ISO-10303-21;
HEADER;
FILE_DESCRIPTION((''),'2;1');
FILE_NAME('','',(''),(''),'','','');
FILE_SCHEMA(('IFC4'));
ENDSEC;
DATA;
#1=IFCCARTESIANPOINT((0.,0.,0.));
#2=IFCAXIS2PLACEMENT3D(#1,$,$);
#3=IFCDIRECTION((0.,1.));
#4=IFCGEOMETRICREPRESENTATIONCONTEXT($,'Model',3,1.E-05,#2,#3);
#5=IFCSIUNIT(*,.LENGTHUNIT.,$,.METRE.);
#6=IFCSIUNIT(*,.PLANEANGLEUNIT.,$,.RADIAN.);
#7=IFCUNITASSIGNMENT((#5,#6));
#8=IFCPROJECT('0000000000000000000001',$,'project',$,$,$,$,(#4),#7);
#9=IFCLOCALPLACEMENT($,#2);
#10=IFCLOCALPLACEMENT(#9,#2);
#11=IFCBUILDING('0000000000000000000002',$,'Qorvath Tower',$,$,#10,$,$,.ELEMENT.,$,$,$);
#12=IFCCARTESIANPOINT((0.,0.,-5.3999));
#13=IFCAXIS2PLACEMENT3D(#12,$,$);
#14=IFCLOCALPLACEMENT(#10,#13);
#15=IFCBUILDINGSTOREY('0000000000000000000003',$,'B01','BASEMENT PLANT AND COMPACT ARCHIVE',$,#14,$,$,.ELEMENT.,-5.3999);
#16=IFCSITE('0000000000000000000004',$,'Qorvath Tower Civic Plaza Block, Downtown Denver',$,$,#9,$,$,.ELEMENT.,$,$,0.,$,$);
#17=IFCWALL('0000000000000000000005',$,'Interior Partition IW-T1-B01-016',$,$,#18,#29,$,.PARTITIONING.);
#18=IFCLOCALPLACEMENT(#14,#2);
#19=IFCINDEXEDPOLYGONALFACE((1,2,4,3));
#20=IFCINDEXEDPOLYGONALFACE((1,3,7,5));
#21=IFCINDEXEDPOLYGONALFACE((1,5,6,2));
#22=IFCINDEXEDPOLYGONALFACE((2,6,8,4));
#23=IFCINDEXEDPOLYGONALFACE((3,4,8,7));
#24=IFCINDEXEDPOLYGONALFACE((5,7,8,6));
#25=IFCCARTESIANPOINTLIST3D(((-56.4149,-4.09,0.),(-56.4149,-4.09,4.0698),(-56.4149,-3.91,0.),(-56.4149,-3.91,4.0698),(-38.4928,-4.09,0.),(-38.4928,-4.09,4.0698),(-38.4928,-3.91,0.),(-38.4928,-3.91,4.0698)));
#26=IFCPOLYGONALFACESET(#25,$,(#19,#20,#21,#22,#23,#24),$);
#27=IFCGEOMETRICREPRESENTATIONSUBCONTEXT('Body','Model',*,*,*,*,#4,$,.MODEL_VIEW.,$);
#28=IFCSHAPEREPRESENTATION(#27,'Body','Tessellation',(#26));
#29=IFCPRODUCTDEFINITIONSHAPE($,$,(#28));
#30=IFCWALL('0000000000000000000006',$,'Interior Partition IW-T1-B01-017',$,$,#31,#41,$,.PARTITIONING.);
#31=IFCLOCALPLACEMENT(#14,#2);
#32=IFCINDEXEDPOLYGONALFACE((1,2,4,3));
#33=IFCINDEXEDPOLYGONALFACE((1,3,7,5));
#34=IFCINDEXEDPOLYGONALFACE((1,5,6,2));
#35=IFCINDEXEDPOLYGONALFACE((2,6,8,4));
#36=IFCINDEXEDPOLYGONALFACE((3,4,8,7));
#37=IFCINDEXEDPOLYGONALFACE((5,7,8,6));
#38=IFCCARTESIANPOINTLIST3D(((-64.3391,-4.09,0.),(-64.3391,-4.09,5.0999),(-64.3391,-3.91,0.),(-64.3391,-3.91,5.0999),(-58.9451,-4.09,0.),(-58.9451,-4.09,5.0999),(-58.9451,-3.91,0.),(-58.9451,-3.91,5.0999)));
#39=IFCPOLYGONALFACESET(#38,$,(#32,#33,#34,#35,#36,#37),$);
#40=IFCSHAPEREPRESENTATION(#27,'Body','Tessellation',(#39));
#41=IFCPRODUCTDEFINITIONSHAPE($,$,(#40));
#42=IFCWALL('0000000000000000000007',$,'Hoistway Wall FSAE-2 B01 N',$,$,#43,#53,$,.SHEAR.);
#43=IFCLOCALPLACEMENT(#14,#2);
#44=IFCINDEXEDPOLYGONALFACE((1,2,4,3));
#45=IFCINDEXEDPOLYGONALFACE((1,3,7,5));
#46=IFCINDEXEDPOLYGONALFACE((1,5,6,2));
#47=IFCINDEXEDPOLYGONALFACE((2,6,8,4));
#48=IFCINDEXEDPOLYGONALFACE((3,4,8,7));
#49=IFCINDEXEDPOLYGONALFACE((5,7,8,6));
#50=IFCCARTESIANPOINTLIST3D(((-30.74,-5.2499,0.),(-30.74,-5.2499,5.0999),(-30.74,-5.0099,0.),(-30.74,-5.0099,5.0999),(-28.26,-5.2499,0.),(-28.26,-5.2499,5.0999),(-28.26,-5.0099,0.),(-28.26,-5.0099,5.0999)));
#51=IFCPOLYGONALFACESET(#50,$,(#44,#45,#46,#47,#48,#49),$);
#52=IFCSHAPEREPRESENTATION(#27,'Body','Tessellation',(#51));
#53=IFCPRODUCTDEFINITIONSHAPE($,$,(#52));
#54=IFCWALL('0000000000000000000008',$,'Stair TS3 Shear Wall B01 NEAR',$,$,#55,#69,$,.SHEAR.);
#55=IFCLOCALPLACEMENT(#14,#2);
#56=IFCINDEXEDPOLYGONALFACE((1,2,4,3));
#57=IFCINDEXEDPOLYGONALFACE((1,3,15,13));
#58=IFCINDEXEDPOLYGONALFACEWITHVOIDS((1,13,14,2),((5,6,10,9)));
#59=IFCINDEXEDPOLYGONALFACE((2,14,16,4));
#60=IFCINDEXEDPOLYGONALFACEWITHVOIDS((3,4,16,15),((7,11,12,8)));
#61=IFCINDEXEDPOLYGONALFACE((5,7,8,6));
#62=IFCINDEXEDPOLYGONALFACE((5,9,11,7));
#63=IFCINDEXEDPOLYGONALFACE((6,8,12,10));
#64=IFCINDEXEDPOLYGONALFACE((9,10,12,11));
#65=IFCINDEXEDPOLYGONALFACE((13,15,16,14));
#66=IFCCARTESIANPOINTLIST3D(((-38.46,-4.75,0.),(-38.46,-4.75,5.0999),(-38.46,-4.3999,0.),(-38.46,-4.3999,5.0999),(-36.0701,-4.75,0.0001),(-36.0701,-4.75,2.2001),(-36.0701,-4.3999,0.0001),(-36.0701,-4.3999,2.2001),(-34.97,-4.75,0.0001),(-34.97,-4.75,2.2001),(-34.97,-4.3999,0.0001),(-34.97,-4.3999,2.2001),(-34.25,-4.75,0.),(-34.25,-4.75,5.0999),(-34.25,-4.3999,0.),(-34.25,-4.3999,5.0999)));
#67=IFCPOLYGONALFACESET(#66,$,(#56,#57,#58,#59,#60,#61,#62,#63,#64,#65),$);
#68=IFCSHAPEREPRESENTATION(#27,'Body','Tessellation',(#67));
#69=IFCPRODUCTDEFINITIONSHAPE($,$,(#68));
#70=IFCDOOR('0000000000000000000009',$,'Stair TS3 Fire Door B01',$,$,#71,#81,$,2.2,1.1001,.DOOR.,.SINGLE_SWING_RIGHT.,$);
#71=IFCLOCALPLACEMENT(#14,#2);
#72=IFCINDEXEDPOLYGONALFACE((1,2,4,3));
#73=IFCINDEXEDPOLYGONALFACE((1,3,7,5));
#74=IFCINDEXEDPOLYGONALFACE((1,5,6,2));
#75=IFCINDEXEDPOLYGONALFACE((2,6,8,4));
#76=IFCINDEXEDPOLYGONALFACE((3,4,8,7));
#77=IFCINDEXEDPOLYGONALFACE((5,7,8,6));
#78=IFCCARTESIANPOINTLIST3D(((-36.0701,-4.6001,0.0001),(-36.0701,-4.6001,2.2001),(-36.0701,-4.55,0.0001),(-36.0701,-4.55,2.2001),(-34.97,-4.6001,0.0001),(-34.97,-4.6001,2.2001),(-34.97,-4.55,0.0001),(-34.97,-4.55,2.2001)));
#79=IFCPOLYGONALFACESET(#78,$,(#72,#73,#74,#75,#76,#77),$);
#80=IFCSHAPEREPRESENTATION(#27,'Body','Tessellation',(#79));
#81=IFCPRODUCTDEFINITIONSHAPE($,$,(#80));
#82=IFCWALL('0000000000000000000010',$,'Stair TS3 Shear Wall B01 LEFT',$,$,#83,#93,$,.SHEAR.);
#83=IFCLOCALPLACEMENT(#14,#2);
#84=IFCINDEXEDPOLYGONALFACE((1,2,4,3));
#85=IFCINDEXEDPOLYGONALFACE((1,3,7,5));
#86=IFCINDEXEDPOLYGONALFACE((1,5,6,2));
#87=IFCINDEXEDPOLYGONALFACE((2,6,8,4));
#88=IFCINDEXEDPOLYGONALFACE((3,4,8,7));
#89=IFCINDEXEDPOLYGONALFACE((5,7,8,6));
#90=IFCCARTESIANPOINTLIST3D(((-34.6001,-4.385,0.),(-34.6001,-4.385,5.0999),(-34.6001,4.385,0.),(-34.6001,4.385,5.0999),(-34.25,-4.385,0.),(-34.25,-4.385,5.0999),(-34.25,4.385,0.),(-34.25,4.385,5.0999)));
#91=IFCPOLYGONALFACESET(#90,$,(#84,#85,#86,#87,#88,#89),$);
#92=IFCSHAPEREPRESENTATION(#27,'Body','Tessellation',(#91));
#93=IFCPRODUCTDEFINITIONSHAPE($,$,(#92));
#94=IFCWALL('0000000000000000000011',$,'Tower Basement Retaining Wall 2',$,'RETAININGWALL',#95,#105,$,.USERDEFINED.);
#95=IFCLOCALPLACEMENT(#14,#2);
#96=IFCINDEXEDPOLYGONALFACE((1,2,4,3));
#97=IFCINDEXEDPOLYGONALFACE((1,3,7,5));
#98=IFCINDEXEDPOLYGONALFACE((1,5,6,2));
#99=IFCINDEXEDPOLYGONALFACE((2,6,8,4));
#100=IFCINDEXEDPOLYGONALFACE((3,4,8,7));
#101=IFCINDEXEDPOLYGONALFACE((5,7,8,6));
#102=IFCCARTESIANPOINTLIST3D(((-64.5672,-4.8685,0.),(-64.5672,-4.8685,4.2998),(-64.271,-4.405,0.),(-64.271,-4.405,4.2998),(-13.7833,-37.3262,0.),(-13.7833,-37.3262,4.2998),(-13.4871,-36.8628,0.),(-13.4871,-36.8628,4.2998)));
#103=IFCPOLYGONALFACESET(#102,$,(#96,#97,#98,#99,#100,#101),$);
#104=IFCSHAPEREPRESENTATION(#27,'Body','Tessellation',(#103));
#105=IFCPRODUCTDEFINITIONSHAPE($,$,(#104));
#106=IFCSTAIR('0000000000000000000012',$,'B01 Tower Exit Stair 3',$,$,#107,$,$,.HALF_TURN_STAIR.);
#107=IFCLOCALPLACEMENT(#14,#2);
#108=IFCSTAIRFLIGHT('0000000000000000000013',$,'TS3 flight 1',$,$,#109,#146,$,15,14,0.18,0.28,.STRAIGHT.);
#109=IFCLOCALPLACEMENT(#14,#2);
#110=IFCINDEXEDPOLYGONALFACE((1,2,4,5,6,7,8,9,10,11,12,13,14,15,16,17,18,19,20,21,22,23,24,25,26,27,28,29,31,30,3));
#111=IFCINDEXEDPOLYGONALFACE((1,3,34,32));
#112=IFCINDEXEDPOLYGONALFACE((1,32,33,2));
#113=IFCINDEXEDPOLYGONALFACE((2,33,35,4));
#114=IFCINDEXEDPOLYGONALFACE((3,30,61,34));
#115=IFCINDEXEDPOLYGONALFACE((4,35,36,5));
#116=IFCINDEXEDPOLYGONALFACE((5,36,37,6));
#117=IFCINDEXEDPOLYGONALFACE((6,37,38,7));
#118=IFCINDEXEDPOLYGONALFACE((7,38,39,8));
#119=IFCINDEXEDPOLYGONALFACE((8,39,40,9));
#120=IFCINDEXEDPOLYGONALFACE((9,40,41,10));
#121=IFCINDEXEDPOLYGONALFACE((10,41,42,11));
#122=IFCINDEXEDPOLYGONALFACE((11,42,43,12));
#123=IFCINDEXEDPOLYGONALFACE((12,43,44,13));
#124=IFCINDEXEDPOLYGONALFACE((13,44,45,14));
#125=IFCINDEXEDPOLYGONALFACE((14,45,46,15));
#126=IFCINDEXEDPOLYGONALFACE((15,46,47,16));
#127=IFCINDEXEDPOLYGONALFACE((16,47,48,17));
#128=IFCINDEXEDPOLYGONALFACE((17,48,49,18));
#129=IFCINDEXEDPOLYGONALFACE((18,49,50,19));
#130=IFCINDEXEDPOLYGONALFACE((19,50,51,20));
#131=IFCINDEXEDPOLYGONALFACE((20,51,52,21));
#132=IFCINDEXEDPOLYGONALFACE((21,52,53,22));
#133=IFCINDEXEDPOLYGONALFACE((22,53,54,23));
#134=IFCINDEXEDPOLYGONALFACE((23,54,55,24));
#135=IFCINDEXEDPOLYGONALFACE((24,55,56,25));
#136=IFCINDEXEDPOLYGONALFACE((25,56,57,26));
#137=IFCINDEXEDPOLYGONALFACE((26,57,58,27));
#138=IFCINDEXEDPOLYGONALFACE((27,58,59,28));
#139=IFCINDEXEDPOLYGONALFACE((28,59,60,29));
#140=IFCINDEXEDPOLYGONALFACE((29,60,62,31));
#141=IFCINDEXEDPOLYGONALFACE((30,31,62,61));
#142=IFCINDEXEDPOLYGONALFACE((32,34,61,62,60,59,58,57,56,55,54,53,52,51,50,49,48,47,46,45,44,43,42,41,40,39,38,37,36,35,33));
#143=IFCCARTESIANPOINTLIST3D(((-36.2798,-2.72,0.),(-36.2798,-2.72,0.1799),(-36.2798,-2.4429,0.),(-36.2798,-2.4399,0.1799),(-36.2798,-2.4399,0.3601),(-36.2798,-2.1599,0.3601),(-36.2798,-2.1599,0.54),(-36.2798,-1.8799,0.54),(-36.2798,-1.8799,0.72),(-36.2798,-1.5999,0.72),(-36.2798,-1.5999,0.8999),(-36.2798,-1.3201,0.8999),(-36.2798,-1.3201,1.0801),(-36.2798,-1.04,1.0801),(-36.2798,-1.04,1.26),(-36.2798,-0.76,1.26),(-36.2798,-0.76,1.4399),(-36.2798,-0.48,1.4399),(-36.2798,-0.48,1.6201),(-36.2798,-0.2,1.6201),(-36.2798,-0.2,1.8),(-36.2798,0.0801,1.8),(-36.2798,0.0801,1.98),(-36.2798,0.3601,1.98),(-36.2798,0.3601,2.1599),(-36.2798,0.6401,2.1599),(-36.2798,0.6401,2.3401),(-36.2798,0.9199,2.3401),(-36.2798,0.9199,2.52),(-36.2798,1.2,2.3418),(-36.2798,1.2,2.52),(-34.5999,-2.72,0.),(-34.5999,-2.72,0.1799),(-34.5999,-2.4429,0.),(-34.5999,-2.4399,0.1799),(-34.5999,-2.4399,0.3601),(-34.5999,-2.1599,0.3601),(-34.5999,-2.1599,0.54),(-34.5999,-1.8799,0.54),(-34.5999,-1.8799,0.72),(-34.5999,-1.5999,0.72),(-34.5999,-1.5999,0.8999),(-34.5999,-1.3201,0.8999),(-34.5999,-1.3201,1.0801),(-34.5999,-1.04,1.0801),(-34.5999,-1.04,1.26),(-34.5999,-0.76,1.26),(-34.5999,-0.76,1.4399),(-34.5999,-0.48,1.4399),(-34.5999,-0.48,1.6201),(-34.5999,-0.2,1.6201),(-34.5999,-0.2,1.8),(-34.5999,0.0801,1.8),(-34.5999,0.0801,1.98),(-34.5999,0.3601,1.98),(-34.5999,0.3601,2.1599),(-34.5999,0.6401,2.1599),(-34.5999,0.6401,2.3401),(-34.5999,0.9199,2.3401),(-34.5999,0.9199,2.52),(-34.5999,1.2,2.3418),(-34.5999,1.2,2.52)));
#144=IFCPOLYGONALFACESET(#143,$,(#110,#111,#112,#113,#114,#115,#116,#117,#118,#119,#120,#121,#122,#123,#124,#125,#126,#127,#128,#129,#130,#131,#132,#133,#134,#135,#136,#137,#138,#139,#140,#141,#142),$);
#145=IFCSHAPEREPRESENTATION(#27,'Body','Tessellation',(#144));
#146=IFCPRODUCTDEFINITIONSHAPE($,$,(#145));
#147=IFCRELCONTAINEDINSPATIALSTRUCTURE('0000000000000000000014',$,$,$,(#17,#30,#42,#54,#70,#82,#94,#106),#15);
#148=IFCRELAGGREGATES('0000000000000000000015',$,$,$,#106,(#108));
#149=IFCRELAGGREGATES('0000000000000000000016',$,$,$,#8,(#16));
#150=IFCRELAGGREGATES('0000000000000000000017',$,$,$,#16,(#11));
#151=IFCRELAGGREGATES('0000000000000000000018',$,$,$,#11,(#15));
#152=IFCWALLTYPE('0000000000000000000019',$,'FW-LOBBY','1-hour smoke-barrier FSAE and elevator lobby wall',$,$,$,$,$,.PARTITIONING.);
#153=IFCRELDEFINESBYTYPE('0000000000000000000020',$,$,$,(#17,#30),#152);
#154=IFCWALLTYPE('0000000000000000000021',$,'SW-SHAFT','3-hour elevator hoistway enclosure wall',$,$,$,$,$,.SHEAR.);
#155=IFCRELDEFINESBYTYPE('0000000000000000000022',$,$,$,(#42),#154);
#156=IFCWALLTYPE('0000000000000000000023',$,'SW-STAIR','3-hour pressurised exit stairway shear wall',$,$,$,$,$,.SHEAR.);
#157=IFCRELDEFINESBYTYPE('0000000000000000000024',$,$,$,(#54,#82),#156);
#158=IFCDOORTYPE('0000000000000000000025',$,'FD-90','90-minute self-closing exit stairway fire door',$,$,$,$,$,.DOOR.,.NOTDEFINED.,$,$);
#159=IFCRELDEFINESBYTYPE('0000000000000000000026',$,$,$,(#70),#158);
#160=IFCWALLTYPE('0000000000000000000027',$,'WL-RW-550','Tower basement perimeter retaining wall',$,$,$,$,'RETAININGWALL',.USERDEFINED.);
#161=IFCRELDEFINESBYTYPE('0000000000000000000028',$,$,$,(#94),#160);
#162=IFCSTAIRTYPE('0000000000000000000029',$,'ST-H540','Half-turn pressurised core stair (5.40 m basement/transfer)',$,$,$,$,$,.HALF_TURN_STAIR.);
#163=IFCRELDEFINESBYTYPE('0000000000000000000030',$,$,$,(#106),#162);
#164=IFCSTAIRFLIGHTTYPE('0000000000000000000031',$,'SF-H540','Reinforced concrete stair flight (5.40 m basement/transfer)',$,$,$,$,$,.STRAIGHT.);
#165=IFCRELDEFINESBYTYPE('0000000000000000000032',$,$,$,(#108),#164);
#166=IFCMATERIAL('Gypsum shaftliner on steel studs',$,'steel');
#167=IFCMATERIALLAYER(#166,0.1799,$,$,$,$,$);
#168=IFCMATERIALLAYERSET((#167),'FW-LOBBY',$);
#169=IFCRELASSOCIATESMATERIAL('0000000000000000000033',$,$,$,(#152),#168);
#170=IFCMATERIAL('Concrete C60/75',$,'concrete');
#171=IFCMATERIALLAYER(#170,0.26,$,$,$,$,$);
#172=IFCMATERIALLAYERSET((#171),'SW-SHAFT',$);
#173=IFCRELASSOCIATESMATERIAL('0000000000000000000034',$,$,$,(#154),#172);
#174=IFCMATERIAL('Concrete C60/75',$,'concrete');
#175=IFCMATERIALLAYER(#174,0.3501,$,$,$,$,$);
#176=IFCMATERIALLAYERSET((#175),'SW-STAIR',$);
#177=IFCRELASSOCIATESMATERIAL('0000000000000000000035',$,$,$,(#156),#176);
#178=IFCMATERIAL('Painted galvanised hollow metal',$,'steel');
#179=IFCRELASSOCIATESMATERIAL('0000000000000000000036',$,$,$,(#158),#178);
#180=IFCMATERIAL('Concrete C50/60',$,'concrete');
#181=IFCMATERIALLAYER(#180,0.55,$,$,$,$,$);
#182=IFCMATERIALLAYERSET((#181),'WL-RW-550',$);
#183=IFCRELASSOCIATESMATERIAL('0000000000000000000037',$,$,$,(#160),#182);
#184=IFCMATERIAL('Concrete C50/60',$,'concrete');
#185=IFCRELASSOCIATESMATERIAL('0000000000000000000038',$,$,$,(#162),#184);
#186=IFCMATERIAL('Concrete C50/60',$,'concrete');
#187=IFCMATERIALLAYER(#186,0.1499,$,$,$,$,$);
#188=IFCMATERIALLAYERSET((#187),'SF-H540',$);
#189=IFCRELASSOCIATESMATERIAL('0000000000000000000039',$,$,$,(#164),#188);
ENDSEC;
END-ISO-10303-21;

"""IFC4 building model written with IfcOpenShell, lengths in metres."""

from ifc_helpers import new_model, si_unit, direction, frame, frame_2d, origin, place, context, subcontext, project, spatial, polyline, rectangle, outline, extrude, material, layer, layer_set, type_object, element, fill, aggregate, save


model = new_model("IFC4")

# Units and contexts
model_context = context("Model", 3, precision=1e-05, world=origin(), true_north=direction((0.0, 1.0)))
body_context = subcontext(model_context, "Body", "Model", "MODEL_VIEW")
ifc_project = project(units=[si_unit("LENGTHUNIT", "METRE"), si_unit("PLANEANGLEUNIT", "RADIAN")], contexts=[model_context])

# Site, building, storey
site_placement = place(None, origin())
site = spatial("IfcSite", under=ifc_project, at=site_placement, Name="Qorvath Tower Civic Plaza Block, Downtown Denver", CompositionType="ELEMENT", RefElevation=0.0)
building_placement = place(site_placement, origin())
building = spatial("IfcBuilding", under=site, at=building_placement, Name="Qorvath Tower", CompositionType="ELEMENT")
storey_placement = place(building_placement, frame((0.0, 0.0, -5.3999)))
storey = spatial("IfcBuildingStorey", under=building, at=storey_placement, Name="B01", Description="BASEMENT PLANT AND COMPACT ARCHIVE", CompositionType="ELEMENT", Elevation=-5.3999)

# Walls
ifc_material_1 = material(Name="Gypsum shaftliner on steel studs", Category="steel")
ifc_layer_1 = layer(ifc_material_1, 0.1799)
ifc_layer_set_1 = layer_set([ifc_layer_1], Name="FW-LOBBY")
wall_type_1 = type_object("IfcWallType", Name="FW-LOBBY", Description="1-hour smoke-barrier FSAE and elevator lobby wall", PredefinedType="PARTITIONING", material=ifc_layer_set_1)
wall_1_placement = place(storey_placement, frame((-38.4929, -4.0, 0.0), z_axis=(0.0, 0.0, 1.0), x_axis=(-1.0, 0.0, 0.0)))
element("IfcWall", 1, at=wall_1_placement, inside=storey, type_object=wall_type_1, Name="Interior Partition IW-T1-B01-016", PredefinedType="PARTITIONING", context=body_context, shape_type="SweptSolid", body=[
    extrude(rectangle(XDim=17.9221, YDim=0.1799, at=frame_2d((8.9609, 0.0))), origin(), (0.0, 0.0, 1.0), 4.0698),
])
wall_2_placement = place(storey_placement, frame((-58.9451, -4.0, 0.0), z_axis=(0.0, 0.0, 1.0), x_axis=(-1.0, 0.0, 0.0)))
element("IfcWall", 2, at=wall_2_placement, inside=storey, type_object=wall_type_1, Name="Interior Partition IW-T1-B01-017", PredefinedType="PARTITIONING", context=body_context, shape_type="SweptSolid", body=[
    extrude(rectangle(XDim=5.394, YDim=0.1799, at=frame_2d((2.697, 0.0))), origin(), (0.0, 0.0, 1.0), 5.0999),
])
ifc_material_2 = material(Name="Concrete C60/75", Category="concrete")
ifc_layer_2 = layer(ifc_material_2, 0.26)
ifc_layer_set_2 = layer_set([ifc_layer_2], Name="SW-SHAFT")
wall_type_2 = type_object("IfcWallType", Name="SW-SHAFT", Description="3-hour elevator hoistway enclosure wall", PredefinedType="SHEAR", material=ifc_layer_set_2)
wall_3_placement = place(storey_placement, frame((-30.74, -5.1299, 0.0), z_axis=(0.0, 0.0, 1.0), x_axis=(1.0, 0.0, 0.0)))
element("IfcWall", 3, at=wall_3_placement, inside=storey, type_object=wall_type_2, Name="Hoistway Wall FSAE-2 B01 N", PredefinedType="SHEAR", context=body_context, shape_type="SweptSolid", body=[
    extrude(rectangle(XDim=2.48, YDim=0.24, at=frame_2d((1.24, 0.0))), origin(), (0.0, 0.0, 1.0), 5.0999),
])

# Wall, opening, door
ifc_material_3 = material(Name="Concrete C60/75", Category="concrete")
ifc_layer_3 = layer(ifc_material_3, 0.3501)
ifc_layer_set_3 = layer_set([ifc_layer_3], Name="SW-STAIR")
wall_type_3 = type_object("IfcWallType", Name="SW-STAIR", Description="3-hour pressurised exit stairway shear wall", PredefinedType="SHEAR", material=ifc_layer_set_3)
wall_4_placement = place(storey_placement, frame((-38.46, -4.575, 0.0), z_axis=(0.0, 0.0, 1.0), x_axis=(1.0, 0.0, 0.0)))
wall_4 = element("IfcWall", 4, at=wall_4_placement, inside=storey, type_object=wall_type_3, Name="Stair TS3 Shear Wall B01 NEAR", PredefinedType="SHEAR", context=body_context, shape_type="SweptSolid", body=[
    extrude(rectangle(XDim=4.21, YDim=0.3501, at=frame_2d((2.105, 0.0))), origin(), (0.0, 0.0, 1.0), 5.0999),
])
opening_placement = place(wall_4_placement, frame((2.3899, 0.0, 0.0)))
opening = element("IfcOpeningElement", 5, at=opening_placement, cuts=wall_4, PredefinedType="OPENING", context=body_context, shape_type="SweptSolid", body=[
    extrude(rectangle(XDim=1.1001, YDim=2.2, at=frame_2d((0.55, 1.1001))), frame((0.0, 0.1851, 0.0), z_axis=(0.0, -1.0, 0.0), x_axis=(1.0, 0.0, 0.0)), (0.0, 0.0, 1.0), 0.3701),
])
ifc_material_4 = material(Name="Painted galvanised hollow metal", Category="steel")
door_type = type_object("IfcDoorType", Name="FD-90", Description="90-minute self-closing exit stairway fire door", OperationType="NOTDEFINED", PredefinedType="DOOR", material=ifc_material_4)
door_placement = place(opening_placement, origin())
door = element("IfcDoor", 6, at=door_placement, inside=storey, type_object=door_type, Name="Stair TS3 Fire Door B01", OperationType="SINGLE_SWING_RIGHT", OverallHeight=2.2, OverallWidth=1.1001, PredefinedType="DOOR", context=body_context, shape_type="SweptSolid", body=[
    extrude(rectangle(XDim=1.1001, YDim=2.2, at=frame_2d((0.55, 1.1001))), frame((0.0, 0.0249, 0.0), z_axis=(0.0, -1.0, 0.0), x_axis=(1.0, 0.0, 0.0)), (0.0, 0.0, 1.0), 0.05),
])
fill(opening, door)

# Walls
wall_5_placement = place(storey_placement, frame((-34.425, -4.385, 0.0), z_axis=(0.0, 0.0, 1.0), x_axis=(0.0, 1.0, 0.0)))
element("IfcWall", 7, at=wall_5_placement, inside=storey, type_object=wall_type_3, Name="Stair TS3 Shear Wall B01 LEFT", PredefinedType="SHEAR", context=body_context, shape_type="SweptSolid", body=[
    extrude(rectangle(XDim=8.77, YDim=0.3501, at=frame_2d((4.385, 0.0))), origin(), (0.0, 0.0, 1.0), 5.0999),
])
ifc_material_5 = material(Name="Concrete C50/60", Category="concrete")
ifc_layer_4 = layer(ifc_material_5, 0.55)
ifc_layer_set_4 = layer_set([ifc_layer_4], Name="WL-RW-550")
wall_type_4 = type_object("IfcWallType", Name="WL-RW-550", Description="Tower basement perimeter retaining wall", ElementType="RETAININGWALL", PredefinedType="USERDEFINED", material=ifc_layer_set_4)
wall_6_placement = place(storey_placement, frame((-64.4192, -4.6367, 0.0), z_axis=(0.0, 0.0, 1.0), x_axis=(0.842602, -0.538536, 0.0)))
element("IfcWall", 8, at=wall_6_placement, inside=storey, type_object=wall_type_4, Name="Tower Basement Retaining Wall 2", ObjectType="RETAININGWALL", PredefinedType="USERDEFINED", context=body_context, shape_type="SweptSolid", body=[
    extrude(rectangle(XDim=60.2703, YDim=0.55, at=frame_2d((30.1353, 0.0))), origin(), (0.0, 0.0, 1.0), 4.2998),
])

# Stair, stair flight
ifc_material_6 = material(Name="Concrete C50/60", Category="concrete")
stair_type = type_object("IfcStairType", Name="ST-H540", Description="Half-turn pressurised core stair (5.40 m basement/transfer)", PredefinedType="HALF_TURN_STAIR", material=ifc_material_6)
stair_placement = place(storey_placement, origin())
stair = element("IfcStair", 9, at=stair_placement, inside=storey, type_object=stair_type, Name="B01 Tower Exit Stair 3", PredefinedType="HALF_TURN_STAIR")
ifc_material_7 = material(Name="Concrete C50/60", Category="concrete")
ifc_layer_5 = layer(ifc_material_7, 0.1499)
ifc_layer_set_5 = layer_set([ifc_layer_5], Name="SF-H540")
stair_flight_type = type_object("IfcStairFlightType", Name="SF-H540", Description="Reinforced concrete stair flight (5.40 m basement/transfer)", PredefinedType="STRAIGHT", material=ifc_layer_set_5)
stair_flight_placement = place(storey_placement, frame((-35.4399, -2.72, 0.0), z_axis=(0.0, 0.0, 1.0), x_axis=(0.0, 1.0, 0.0)))
stair_flight = element("IfcStairFlight", 10, at=stair_flight_placement, type_object=stair_flight_type, Name="TS3 flight 1", NumberOfRisers=15, NumberOfTreads=14, PredefinedType="STRAIGHT", RiserHeight=0.18, TreadLength=0.28, context=body_context, shape_type="SweptSolid", body=[
    extrude(outline(polyline([(0.0, 0.0), (0.0, 0.1799), (0.28, 0.1799), (0.28, 0.3601), (0.5601, 0.3601), (0.5601, 0.54), (0.8401, 0.54), (0.8401, 0.72), (1.1201, 0.72), (1.1201, 0.8999), (1.3999, 0.8999), (1.3999, 1.0801), (1.6799, 1.0801), (1.6799, 1.26), (1.96, 1.26), (1.96, 1.4399), (2.24, 1.4399), (2.24, 1.6201), (2.52, 1.6201), (2.52, 1.8), (2.8, 1.8), (2.8, 1.98), (3.0801, 1.98), (3.0801, 2.1599), (3.3601, 2.1599), (3.3601, 2.3401), (3.6399, 2.3401), (3.6399, 2.52), (3.9199, 2.52), (3.9199, 2.7), (3.9199, 2.3418), (0.2771, 0.0), (0.0, 0.0)])), frame((0.0, 0.8398, 0.0), z_axis=(0.0, -1.0, 0.0), x_axis=(1.0, 0.0, 0.0)), (0.0, 0.0, 1.0), 1.6799),
])
aggregate(stair, [stair_flight])

save(model, "model.ifc")
